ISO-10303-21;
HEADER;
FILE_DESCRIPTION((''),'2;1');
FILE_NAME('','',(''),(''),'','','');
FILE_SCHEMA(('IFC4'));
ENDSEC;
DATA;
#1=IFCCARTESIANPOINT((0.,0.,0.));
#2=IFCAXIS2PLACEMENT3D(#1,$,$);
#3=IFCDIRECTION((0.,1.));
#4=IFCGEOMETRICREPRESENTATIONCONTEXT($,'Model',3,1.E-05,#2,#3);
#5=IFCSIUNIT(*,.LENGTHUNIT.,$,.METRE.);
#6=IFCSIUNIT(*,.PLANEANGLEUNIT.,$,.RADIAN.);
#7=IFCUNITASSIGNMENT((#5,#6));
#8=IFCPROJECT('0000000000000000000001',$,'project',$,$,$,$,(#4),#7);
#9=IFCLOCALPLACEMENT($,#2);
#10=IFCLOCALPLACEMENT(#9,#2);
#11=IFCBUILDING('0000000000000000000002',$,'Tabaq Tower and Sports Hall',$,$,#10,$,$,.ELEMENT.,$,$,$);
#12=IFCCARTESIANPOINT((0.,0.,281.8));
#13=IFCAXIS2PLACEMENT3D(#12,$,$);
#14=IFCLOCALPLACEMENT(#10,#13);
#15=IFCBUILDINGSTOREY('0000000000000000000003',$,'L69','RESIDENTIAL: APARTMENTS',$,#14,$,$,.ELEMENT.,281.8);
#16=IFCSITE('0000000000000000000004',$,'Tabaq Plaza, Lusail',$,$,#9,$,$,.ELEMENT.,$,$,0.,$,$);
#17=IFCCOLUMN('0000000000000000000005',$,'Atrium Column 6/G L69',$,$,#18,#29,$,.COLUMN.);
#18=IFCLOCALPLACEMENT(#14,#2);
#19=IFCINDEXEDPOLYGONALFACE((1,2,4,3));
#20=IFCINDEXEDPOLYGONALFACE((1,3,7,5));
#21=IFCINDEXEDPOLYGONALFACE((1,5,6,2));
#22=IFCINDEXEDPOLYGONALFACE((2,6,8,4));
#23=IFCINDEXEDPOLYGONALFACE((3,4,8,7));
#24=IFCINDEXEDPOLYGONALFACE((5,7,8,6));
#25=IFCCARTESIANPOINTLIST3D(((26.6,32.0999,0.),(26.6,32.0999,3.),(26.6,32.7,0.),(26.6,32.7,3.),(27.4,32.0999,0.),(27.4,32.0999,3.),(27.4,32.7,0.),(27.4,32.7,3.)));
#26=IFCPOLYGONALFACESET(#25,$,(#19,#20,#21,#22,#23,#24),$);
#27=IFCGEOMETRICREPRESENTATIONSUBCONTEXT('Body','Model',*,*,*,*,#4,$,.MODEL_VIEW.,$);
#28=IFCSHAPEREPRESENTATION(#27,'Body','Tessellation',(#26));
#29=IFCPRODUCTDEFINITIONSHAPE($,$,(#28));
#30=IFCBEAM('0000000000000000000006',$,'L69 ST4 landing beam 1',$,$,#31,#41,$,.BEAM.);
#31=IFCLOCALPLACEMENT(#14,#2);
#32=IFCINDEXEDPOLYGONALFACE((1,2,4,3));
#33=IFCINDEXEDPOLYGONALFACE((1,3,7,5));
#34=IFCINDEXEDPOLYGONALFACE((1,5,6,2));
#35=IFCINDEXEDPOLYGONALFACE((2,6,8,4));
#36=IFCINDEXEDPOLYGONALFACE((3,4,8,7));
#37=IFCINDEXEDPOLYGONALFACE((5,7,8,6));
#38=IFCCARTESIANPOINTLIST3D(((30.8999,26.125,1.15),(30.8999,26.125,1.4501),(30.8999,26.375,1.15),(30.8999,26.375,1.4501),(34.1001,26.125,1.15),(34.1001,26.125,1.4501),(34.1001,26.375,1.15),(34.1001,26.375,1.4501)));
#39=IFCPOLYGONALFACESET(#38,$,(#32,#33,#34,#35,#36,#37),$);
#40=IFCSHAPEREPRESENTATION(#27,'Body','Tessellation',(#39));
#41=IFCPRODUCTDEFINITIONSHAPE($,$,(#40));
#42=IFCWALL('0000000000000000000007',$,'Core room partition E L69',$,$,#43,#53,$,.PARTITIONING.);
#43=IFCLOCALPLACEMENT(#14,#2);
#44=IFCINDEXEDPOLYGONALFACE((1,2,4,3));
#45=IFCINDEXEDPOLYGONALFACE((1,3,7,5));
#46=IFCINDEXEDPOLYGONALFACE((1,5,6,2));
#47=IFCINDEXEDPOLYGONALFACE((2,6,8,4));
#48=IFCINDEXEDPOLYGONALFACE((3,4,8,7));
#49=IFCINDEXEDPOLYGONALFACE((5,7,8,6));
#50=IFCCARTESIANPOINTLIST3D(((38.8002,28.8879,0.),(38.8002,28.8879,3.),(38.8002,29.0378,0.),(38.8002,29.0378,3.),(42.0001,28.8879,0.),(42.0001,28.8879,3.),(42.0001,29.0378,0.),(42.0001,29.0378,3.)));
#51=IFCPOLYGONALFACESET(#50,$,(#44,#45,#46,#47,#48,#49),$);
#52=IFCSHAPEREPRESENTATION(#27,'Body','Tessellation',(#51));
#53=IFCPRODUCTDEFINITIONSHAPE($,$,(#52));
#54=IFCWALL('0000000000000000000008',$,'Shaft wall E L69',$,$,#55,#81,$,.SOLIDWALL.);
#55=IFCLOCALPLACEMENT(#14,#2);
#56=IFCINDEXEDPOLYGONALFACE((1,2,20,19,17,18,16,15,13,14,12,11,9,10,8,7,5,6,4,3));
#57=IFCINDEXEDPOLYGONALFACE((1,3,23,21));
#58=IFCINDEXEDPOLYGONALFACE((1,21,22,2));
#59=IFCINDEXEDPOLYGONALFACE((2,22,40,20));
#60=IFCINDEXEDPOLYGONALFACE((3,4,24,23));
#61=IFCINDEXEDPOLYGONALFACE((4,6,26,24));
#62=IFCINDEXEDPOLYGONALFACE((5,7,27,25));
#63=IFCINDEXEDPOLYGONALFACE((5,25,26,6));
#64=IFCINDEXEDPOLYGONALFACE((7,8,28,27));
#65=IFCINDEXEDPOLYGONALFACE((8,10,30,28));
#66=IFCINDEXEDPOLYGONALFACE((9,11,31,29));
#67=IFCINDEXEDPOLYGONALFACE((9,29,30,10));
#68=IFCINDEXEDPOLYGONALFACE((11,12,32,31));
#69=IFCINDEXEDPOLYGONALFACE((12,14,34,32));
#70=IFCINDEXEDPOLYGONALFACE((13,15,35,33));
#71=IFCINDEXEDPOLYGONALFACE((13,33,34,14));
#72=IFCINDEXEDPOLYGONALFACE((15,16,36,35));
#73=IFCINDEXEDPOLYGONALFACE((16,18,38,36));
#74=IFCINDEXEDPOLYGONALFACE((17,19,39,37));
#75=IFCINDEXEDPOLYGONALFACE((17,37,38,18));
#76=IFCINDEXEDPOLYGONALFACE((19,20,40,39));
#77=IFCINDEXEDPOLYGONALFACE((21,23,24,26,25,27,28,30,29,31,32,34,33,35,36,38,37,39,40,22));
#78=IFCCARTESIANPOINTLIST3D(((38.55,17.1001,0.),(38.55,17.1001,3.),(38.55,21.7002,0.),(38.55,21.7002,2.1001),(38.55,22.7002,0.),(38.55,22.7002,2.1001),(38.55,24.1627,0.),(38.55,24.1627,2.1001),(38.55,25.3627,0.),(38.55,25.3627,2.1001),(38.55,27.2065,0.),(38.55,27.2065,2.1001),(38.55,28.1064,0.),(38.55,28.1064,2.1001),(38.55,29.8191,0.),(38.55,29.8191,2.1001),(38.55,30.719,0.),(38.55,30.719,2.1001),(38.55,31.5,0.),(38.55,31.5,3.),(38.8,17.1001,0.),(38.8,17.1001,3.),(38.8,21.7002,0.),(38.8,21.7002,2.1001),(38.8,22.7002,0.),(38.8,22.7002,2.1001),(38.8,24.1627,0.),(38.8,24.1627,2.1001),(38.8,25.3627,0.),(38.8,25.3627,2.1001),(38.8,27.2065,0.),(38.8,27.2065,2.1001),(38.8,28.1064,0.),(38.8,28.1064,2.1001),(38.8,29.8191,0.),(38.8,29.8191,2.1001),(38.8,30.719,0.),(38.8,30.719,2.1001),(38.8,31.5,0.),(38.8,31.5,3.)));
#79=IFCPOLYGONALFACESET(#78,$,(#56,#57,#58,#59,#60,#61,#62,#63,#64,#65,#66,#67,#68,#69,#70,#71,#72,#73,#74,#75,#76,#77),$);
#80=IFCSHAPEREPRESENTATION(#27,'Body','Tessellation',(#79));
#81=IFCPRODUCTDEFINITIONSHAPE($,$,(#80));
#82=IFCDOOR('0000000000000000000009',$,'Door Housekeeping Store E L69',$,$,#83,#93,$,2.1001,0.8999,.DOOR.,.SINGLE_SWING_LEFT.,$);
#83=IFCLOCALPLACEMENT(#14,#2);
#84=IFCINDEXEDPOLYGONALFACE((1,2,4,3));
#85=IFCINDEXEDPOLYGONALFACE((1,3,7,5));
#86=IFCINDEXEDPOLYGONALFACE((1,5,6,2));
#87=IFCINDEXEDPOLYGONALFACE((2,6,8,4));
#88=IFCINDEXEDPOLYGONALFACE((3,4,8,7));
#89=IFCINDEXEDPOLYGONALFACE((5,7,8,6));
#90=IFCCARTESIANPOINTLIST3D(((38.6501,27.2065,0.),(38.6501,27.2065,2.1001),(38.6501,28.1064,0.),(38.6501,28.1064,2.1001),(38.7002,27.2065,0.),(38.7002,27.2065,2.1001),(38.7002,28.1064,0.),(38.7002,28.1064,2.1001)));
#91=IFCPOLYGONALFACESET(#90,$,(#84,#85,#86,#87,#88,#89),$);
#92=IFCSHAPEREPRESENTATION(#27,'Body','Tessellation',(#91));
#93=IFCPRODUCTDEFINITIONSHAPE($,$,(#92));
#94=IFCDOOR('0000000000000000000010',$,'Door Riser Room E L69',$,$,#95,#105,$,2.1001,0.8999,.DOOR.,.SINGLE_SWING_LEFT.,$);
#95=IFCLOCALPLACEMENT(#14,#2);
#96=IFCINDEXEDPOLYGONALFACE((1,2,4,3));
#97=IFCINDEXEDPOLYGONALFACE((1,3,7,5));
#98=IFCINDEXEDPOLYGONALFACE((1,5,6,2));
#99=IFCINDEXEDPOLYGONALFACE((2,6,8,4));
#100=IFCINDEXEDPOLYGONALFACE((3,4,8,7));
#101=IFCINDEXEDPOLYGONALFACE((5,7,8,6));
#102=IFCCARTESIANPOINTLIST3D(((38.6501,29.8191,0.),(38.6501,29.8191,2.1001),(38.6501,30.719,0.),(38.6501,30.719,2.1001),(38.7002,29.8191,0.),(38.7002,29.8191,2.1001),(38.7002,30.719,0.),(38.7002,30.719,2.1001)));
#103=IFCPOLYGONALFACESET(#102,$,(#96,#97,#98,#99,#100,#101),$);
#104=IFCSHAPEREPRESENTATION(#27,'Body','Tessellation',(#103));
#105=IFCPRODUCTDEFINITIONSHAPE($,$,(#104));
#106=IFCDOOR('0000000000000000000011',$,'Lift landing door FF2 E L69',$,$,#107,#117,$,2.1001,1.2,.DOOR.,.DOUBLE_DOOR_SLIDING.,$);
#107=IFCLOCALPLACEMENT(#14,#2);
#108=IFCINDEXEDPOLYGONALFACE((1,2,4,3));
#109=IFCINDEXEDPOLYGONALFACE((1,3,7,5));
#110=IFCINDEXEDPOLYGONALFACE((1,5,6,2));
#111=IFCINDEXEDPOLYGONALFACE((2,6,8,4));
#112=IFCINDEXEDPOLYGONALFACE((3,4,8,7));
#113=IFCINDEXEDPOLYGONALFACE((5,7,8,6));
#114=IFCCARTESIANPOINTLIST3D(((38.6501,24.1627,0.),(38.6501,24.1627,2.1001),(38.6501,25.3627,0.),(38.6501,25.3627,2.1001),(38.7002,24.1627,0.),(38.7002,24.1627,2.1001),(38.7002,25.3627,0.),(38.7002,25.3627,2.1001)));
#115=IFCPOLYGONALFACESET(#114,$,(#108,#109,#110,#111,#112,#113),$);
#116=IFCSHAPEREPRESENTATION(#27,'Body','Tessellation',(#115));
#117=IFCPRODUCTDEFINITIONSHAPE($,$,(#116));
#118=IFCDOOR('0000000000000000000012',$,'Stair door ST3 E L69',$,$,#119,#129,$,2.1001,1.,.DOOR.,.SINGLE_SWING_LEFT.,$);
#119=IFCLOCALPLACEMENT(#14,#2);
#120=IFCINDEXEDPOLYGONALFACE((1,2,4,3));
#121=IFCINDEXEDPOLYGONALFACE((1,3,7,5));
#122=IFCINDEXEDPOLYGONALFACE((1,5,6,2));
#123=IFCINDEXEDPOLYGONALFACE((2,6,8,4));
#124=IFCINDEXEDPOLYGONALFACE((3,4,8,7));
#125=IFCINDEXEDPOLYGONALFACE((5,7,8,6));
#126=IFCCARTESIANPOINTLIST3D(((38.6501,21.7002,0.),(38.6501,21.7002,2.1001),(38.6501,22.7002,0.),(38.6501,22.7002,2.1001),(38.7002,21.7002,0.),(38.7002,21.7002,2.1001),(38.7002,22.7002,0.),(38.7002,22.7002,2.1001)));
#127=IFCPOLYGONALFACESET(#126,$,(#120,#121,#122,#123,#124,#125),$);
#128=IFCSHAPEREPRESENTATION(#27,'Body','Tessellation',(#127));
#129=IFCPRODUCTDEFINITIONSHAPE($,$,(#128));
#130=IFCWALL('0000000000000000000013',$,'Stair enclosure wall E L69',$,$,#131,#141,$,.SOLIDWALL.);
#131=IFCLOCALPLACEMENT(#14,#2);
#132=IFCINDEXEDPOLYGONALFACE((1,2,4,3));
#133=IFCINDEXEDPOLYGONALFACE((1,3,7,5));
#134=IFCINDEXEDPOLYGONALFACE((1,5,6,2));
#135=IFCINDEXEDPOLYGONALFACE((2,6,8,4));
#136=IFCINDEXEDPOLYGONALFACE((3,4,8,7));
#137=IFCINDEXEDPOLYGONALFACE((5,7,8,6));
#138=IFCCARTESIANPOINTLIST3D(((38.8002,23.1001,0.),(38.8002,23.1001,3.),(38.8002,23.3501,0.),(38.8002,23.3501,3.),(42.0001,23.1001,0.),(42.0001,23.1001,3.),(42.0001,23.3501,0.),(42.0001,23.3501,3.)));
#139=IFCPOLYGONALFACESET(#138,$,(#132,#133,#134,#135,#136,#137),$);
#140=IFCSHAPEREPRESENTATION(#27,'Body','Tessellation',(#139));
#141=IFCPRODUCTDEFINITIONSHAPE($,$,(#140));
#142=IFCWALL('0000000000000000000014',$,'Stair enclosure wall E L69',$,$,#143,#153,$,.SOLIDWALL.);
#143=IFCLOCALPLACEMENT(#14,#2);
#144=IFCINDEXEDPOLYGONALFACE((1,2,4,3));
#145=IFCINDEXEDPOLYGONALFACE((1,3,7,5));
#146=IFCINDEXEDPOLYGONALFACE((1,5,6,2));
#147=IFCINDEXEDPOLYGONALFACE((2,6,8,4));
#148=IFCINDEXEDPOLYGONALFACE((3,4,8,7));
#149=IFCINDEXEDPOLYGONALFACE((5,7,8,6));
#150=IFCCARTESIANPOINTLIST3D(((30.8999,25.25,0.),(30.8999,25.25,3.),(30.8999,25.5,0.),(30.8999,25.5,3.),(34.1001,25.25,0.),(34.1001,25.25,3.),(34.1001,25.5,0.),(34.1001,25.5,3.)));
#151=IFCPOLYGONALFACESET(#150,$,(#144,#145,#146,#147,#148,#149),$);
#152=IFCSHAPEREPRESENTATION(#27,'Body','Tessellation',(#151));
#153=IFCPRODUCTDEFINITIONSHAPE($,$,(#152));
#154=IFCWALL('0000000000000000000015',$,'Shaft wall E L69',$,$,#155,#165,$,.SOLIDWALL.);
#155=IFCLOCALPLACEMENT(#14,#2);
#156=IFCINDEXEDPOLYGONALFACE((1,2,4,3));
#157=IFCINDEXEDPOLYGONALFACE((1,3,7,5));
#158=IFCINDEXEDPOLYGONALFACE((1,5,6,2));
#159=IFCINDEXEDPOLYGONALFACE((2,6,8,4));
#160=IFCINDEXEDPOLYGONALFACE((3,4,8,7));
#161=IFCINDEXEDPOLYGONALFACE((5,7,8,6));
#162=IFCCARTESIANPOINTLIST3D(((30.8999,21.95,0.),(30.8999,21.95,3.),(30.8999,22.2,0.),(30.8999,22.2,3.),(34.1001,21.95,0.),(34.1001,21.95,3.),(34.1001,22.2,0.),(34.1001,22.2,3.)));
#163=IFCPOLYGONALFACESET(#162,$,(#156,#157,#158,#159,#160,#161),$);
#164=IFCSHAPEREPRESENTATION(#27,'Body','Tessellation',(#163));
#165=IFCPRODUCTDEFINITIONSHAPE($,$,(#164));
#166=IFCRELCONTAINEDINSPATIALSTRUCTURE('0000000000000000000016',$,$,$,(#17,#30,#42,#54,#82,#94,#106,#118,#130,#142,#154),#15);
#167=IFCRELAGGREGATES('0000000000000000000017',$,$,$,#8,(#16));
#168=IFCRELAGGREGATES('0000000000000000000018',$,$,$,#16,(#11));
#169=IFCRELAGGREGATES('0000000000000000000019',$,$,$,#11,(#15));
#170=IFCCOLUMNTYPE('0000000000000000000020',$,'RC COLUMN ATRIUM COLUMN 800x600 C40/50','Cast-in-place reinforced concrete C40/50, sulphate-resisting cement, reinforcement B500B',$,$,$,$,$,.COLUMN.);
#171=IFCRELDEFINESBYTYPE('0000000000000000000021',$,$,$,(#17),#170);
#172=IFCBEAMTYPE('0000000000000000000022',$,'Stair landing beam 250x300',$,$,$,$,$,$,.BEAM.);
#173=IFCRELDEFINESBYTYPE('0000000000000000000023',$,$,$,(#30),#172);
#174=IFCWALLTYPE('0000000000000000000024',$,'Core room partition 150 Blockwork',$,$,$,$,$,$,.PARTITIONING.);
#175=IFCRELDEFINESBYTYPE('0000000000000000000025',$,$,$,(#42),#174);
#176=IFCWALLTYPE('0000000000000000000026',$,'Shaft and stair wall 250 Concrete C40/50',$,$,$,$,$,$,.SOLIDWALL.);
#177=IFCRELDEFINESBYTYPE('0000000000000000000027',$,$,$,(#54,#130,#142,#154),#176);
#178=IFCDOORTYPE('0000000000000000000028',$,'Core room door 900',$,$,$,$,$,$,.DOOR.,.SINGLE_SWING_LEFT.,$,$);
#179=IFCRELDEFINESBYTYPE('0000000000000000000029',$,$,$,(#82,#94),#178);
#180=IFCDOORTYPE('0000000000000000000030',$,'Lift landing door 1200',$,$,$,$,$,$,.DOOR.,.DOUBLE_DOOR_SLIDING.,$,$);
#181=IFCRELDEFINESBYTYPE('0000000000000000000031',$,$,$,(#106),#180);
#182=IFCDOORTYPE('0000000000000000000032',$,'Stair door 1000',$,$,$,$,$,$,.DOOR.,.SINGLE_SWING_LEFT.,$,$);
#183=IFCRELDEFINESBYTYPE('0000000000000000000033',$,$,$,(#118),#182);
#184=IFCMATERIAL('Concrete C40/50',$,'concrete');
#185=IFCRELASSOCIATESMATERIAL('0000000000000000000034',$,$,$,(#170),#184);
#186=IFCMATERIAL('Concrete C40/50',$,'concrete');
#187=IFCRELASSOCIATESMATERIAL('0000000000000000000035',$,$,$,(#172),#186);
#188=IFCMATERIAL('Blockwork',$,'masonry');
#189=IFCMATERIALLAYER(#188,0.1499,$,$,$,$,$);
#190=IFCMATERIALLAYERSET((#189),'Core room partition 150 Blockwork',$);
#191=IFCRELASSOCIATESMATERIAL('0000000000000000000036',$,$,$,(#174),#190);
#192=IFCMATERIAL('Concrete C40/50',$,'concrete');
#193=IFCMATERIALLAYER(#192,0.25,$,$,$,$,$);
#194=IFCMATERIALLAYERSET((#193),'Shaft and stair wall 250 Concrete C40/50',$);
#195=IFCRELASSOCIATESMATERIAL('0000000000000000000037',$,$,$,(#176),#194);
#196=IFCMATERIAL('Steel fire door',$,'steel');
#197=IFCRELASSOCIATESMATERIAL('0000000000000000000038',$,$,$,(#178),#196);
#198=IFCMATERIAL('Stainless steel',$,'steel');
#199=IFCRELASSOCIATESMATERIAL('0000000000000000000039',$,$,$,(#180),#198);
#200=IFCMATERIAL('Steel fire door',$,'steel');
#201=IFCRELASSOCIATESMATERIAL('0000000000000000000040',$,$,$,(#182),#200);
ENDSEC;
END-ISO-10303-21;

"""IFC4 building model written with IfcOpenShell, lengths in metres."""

from ifc_helpers import new_model, si_unit, direction, frame, frame_2d, origin, origin_2d, place, context, subcontext, project, spatial, rectangle, extrude, material, layer, layer_set, material_profile, profile_set, type_object, element, fill, save


model = new_model("IFC4")

# Units and contexts
model_context = context("Model", 3, precision=1e-05, world=origin(), true_north=direction((0.0, 1.0)))
body_context = subcontext(model_context, "Body", "Model", "MODEL_VIEW")
ifc_project = project(units=[si_unit("LENGTHUNIT", "METRE"), si_unit("PLANEANGLEUNIT", "RADIAN")], contexts=[model_context])

# Site, building, storey
site_placement = place(None, origin())
site = spatial("IfcSite", under=ifc_project, at=site_placement, Name="Tabaq Plaza, Lusail", CompositionType="ELEMENT", RefElevation=0.0)
building_placement = place(site_placement, origin())
building = spatial("IfcBuilding", under=site, at=building_placement, Name="Tabaq Tower and Sports Hall", CompositionType="ELEMENT")
storey_placement = place(building_placement, frame((0.0, 0.0, 281.8)))
storey = spatial("IfcBuildingStorey", under=building, at=storey_placement, Name="L69", Description="RESIDENTIAL: APARTMENTS", CompositionType="ELEMENT", Elevation=281.8)

# Column
ifc_material_1 = material(Name="Concrete C40/50", Category="concrete")
ifc_material_profile_1 = material_profile(ifc_material_1, rectangle(XDim=0.8, YDim=0.6001, at=origin_2d()), Name="ATRIUM COLUMN 800x600")
ifc_profile_set_1 = profile_set([ifc_material_profile_1], Name="Concrete C40/50")
column_type = type_object("IfcColumnType", Name="RC COLUMN ATRIUM COLUMN 800x600 C40/50", Description="Cast-in-place reinforced concrete C40/50, sulphate-resisting cement, reinforcement B500B", PredefinedType="COLUMN", material=ifc_profile_set_1)
column_placement = place(storey_placement, frame((27.0, 32.3999, 0.0), z_axis=(0.0, 0.0, 1.0), x_axis=(1.0, 0.0, 0.0)))
element("IfcColumn", 1, at=column_placement, inside=storey, type_object=column_type, Name="Atrium Column 6/G L69", PredefinedType="COLUMN", context=body_context, shape_type="SweptSolid", body=[
    extrude(rectangle(XDim=0.8, YDim=0.6001, at=origin_2d()), origin(), (0.0, 0.0, 1.0), 3.0),
])

# Beam
ifc_material_2 = material(Name="Concrete C40/50", Category="concrete")
ifc_material_profile_2 = material_profile(ifc_material_2, rectangle(XDim=0.25, YDim=0.3, at=origin_2d()), Name="RC 250x300")
ifc_profile_set_2 = profile_set([ifc_material_profile_2], Name="Concrete C40/50")
beam_type = type_object("IfcBeamType", Name="Stair landing beam 250x300", PredefinedType="BEAM", material=ifc_profile_set_2)
beam_placement = place(storey_placement, frame((30.8999, 26.25, 1.3), z_axis=(1.0, 0.0, 0.0), x_axis=(0.0, 1.0, 0.0)))
element("IfcBeam", 2, at=beam_placement, inside=storey, type_object=beam_type, Name="L69 ST4 landing beam 1", PredefinedType="BEAM", context=body_context, shape_type="SweptSolid", body=[
    extrude(rectangle(XDim=0.25, YDim=0.3, at=origin_2d()), origin(), (0.0, 0.0, 1.0), 3.2002),
])

# Wall
ifc_material_3 = material(Name="Blockwork", Category="masonry")
ifc_layer_1 = layer(ifc_material_3, 0.1499)
ifc_layer_set_1 = layer_set([ifc_layer_1], Name="Core room partition 150 Blockwork")
wall_type_1 = type_object("IfcWallType", Name="Core room partition 150 Blockwork", PredefinedType="PARTITIONING", material=ifc_layer_set_1)
wall_1_placement = place(storey_placement, frame((38.8, 28.9629, 0.0), z_axis=(0.0, 0.0, 1.0), x_axis=(1.0, 0.0, 0.0)))
element("IfcWall", 3, at=wall_1_placement, inside=storey, type_object=wall_type_1, Name="Core room partition E L69", PredefinedType="PARTITIONING", context=body_context, shape_type="SweptSolid", body=[
    extrude(rectangle(XDim=3.2, YDim=0.1499, at=frame_2d((1.6001, 0.0))), origin(), (0.0, 0.0, 1.0), 3.0),
])

# Wall, openings, doors
ifc_material_4 = material(Name="Concrete C40/50", Category="concrete")
ifc_layer_2 = layer(ifc_material_4, 0.25)
ifc_layer_set_2 = layer_set([ifc_layer_2], Name="Shaft and stair wall 250 Concrete C40/50")
wall_type_2 = type_object("IfcWallType", Name="Shaft and stair wall 250 Concrete C40/50", PredefinedType="SOLIDWALL", material=ifc_layer_set_2)
wall_2_placement = place(storey_placement, frame((38.675, 17.1001, 0.0), z_axis=(0.0, 0.0, 1.0), x_axis=(0.0, 1.0, 0.0)))
wall_2 = element("IfcWall", 4, at=wall_2_placement, inside=storey, type_object=wall_type_2, Name="Shaft wall E L69", PredefinedType="SOLIDWALL", context=body_context, shape_type="SweptSolid", body=[
    extrude(rectangle(XDim=14.3999, YDim=0.25, at=frame_2d((7.2, 0.0))), origin(), (0.0, 0.0, 1.0), 3.0),
])
opening_1_placement = place(wall_2_placement, frame((4.6001, 0.0, 0.0)))
opening_1 = element("IfcOpeningElement", 5, at=opening_1_placement, cuts=wall_2, PredefinedType="OPENING", context=body_context, shape_type="SweptSolid", body=[
    extrude(rectangle(XDim=1.0, YDim=2.1001, at=frame_2d((0.5, 1.05))), frame((0.0, 0.125, 0.0), z_axis=(0.0, -1.0, 0.0), x_axis=(1.0, 0.0, 0.0)), (0.0, 0.0, 1.0), 0.25),
])
opening_2_placement = place(wall_2_placement, frame((7.0625, 0.0, 0.0)))
opening_2 = element("IfcOpeningElement", 6, at=opening_2_placement, cuts=wall_2, PredefinedType="OPENING", context=body_context, shape_type="SweptSolid", body=[
    extrude(rectangle(XDim=1.2, YDim=2.1001, at=frame_2d((0.6001, 1.05))), frame((0.0, 0.125, 0.0), z_axis=(0.0, -1.0, 0.0), x_axis=(1.0, 0.0, 0.0)), (0.0, 0.0, 1.0), 0.25),
])
opening_3_placement = place(wall_2_placement, frame((10.1064, 0.0, 0.0)))
opening_3 = element("IfcOpeningElement", 7, at=opening_3_placement, cuts=wall_2, PredefinedType="OPENING", context=body_context, shape_type="SweptSolid", body=[
    extrude(rectangle(XDim=0.8999, YDim=2.1001, at=frame_2d((0.45, 1.05))), frame((0.0, 0.125, 0.0), z_axis=(0.0, -1.0, 0.0), x_axis=(1.0, 0.0, 0.0)), (0.0, 0.0, 1.0), 0.25),
])
opening_4_placement = place(wall_2_placement, frame((12.719, 0.0, 0.0)))
opening_4 = element("IfcOpeningElement", 8, at=opening_4_placement, cuts=wall_2, PredefinedType="OPENING", context=body_context, shape_type="SweptSolid", body=[
    extrude(rectangle(XDim=0.8999, YDim=2.1001, at=frame_2d((0.45, 1.05))), frame((0.0, 0.125, 0.0), z_axis=(0.0, -1.0, 0.0), x_axis=(1.0, 0.0, 0.0)), (0.0, 0.0, 1.0), 0.25),
])
ifc_material_5 = material(Name="Steel fire door", Category="steel")
door_type_1 = type_object("IfcDoorType", Name="Core room door 900", OperationType="SINGLE_SWING_LEFT", PredefinedType="DOOR", material=ifc_material_5)
door_1_placement = place(opening_3_placement, origin())
door_1 = element("IfcDoor", 9, at=door_1_placement, inside=storey, type_object=door_type_1, Name="Door Housekeeping Store E L69", OperationType="SINGLE_SWING_LEFT", OverallHeight=2.1001, OverallWidth=0.8999, PredefinedType="DOOR", context=body_context, shape_type="SweptSolid", body=[
    extrude(rectangle(XDim=0.8999, YDim=2.1001, at=frame_2d((0.45, 1.05))), frame((0.0, 0.0249, 0.0), z_axis=(0.0, -1.0, 0.0), x_axis=(1.0, 0.0, 0.0)), (0.0, 0.0, 1.0), 0.05),
])
fill(opening_3, door_1)
door_2_placement = place(opening_4_placement, origin())
door_2 = element("IfcDoor", 10, at=door_2_placement, inside=storey, type_object=door_type_1, Name="Door Riser Room E L69", OperationType="SINGLE_SWING_LEFT", OverallHeight=2.1001, OverallWidth=0.8999, PredefinedType="DOOR", context=body_context, shape_type="SweptSolid", body=[
    extrude(rectangle(XDim=0.8999, YDim=2.1001, at=frame_2d((0.45, 1.05))), frame((0.0, 0.0249, 0.0), z_axis=(0.0, -1.0, 0.0), x_axis=(1.0, 0.0, 0.0)), (0.0, 0.0, 1.0), 0.05),
])
fill(opening_4, door_2)
ifc_material_6 = material(Name="Stainless steel", Category="steel")
door_type_2 = type_object("IfcDoorType", Name="Lift landing door 1200", OperationType="DOUBLE_DOOR_SLIDING", PredefinedType="DOOR", material=ifc_material_6)
door_3_placement = place(opening_2_placement, origin())
door_3 = element("IfcDoor", 11, at=door_3_placement, inside=storey, type_object=door_type_2, Name="Lift landing door FF2 E L69", OperationType="DOUBLE_DOOR_SLIDING", OverallHeight=2.1001, OverallWidth=1.2, PredefinedType="DOOR", context=body_context, shape_type="SweptSolid", body=[
    extrude(rectangle(XDim=1.2, YDim=2.1001, at=frame_2d((0.6001, 1.05))), frame((0.0, 0.0249, 0.0), z_axis=(0.0, -1.0, 0.0), x_axis=(1.0, 0.0, 0.0)), (0.0, 0.0, 1.0), 0.05),
])
fill(opening_2, door_3)
ifc_material_7 = material(Name="Steel fire door", Category="steel")
door_type_3 = type_object("IfcDoorType", Name="Stair door 1000", OperationType="SINGLE_SWING_LEFT", PredefinedType="DOOR", material=ifc_material_7)
door_4_placement = place(opening_1_placement, origin())
door_4 = element("IfcDoor", 12, at=door_4_placement, inside=storey, type_object=door_type_3, Name="Stair door ST3 E L69", OperationType="SINGLE_SWING_LEFT", OverallHeight=2.1001, OverallWidth=1.0, PredefinedType="DOOR", context=body_context, shape_type="SweptSolid", body=[
    extrude(rectangle(XDim=1.0, YDim=2.1001, at=frame_2d((0.5, 1.05))), frame((0.0, 0.0249, 0.0), z_axis=(0.0, -1.0, 0.0), x_axis=(1.0, 0.0, 0.0)), (0.0, 0.0, 1.0), 0.05),
])
fill(opening_1, door_4)

# Walls
wall_3_placement = place(storey_placement, frame((38.8, 23.2251, 0.0), z_axis=(0.0, 0.0, 1.0), x_axis=(1.0, 0.0, 0.0)))
element("IfcWall", 13, at=wall_3_placement, inside=storey, type_object=wall_type_2, Name="Stair enclosure wall E L69", PredefinedType="SOLIDWALL", context=body_context, shape_type="SweptSolid", body=[
    extrude(rectangle(XDim=3.2, YDim=0.25, at=frame_2d((1.6001, 0.0))), origin(), (0.0, 0.0, 1.0), 3.0),
])
for number, where, z_axis, x_axis, name in (
    (14, (30.8999, 25.375, 0.0), (0.0, 0.0, 1.0), (1.0, 0.0, 0.0), "Stair enclosure wall E L69"),
    (15, (30.8999, 22.075, 0.0), (0.0, 0.0, 1.0), (1.0, 0.0, 0.0), "Shaft wall E L69"),
):
    element("IfcWall", number, at=place(storey_placement, frame(where, z_axis=z_axis, x_axis=x_axis)), inside=storey, type_object=wall_type_2, Name=name, PredefinedType="SOLIDWALL", context=body_context, shape_type="SweptSolid", body=[
        extrude(rectangle(XDim=3.2002, YDim=0.25, at=frame_2d((1.6001, 0.0))), origin(), (0.0, 0.0, 1.0), 3.0),
    ])

save(model, "model.ifc")
